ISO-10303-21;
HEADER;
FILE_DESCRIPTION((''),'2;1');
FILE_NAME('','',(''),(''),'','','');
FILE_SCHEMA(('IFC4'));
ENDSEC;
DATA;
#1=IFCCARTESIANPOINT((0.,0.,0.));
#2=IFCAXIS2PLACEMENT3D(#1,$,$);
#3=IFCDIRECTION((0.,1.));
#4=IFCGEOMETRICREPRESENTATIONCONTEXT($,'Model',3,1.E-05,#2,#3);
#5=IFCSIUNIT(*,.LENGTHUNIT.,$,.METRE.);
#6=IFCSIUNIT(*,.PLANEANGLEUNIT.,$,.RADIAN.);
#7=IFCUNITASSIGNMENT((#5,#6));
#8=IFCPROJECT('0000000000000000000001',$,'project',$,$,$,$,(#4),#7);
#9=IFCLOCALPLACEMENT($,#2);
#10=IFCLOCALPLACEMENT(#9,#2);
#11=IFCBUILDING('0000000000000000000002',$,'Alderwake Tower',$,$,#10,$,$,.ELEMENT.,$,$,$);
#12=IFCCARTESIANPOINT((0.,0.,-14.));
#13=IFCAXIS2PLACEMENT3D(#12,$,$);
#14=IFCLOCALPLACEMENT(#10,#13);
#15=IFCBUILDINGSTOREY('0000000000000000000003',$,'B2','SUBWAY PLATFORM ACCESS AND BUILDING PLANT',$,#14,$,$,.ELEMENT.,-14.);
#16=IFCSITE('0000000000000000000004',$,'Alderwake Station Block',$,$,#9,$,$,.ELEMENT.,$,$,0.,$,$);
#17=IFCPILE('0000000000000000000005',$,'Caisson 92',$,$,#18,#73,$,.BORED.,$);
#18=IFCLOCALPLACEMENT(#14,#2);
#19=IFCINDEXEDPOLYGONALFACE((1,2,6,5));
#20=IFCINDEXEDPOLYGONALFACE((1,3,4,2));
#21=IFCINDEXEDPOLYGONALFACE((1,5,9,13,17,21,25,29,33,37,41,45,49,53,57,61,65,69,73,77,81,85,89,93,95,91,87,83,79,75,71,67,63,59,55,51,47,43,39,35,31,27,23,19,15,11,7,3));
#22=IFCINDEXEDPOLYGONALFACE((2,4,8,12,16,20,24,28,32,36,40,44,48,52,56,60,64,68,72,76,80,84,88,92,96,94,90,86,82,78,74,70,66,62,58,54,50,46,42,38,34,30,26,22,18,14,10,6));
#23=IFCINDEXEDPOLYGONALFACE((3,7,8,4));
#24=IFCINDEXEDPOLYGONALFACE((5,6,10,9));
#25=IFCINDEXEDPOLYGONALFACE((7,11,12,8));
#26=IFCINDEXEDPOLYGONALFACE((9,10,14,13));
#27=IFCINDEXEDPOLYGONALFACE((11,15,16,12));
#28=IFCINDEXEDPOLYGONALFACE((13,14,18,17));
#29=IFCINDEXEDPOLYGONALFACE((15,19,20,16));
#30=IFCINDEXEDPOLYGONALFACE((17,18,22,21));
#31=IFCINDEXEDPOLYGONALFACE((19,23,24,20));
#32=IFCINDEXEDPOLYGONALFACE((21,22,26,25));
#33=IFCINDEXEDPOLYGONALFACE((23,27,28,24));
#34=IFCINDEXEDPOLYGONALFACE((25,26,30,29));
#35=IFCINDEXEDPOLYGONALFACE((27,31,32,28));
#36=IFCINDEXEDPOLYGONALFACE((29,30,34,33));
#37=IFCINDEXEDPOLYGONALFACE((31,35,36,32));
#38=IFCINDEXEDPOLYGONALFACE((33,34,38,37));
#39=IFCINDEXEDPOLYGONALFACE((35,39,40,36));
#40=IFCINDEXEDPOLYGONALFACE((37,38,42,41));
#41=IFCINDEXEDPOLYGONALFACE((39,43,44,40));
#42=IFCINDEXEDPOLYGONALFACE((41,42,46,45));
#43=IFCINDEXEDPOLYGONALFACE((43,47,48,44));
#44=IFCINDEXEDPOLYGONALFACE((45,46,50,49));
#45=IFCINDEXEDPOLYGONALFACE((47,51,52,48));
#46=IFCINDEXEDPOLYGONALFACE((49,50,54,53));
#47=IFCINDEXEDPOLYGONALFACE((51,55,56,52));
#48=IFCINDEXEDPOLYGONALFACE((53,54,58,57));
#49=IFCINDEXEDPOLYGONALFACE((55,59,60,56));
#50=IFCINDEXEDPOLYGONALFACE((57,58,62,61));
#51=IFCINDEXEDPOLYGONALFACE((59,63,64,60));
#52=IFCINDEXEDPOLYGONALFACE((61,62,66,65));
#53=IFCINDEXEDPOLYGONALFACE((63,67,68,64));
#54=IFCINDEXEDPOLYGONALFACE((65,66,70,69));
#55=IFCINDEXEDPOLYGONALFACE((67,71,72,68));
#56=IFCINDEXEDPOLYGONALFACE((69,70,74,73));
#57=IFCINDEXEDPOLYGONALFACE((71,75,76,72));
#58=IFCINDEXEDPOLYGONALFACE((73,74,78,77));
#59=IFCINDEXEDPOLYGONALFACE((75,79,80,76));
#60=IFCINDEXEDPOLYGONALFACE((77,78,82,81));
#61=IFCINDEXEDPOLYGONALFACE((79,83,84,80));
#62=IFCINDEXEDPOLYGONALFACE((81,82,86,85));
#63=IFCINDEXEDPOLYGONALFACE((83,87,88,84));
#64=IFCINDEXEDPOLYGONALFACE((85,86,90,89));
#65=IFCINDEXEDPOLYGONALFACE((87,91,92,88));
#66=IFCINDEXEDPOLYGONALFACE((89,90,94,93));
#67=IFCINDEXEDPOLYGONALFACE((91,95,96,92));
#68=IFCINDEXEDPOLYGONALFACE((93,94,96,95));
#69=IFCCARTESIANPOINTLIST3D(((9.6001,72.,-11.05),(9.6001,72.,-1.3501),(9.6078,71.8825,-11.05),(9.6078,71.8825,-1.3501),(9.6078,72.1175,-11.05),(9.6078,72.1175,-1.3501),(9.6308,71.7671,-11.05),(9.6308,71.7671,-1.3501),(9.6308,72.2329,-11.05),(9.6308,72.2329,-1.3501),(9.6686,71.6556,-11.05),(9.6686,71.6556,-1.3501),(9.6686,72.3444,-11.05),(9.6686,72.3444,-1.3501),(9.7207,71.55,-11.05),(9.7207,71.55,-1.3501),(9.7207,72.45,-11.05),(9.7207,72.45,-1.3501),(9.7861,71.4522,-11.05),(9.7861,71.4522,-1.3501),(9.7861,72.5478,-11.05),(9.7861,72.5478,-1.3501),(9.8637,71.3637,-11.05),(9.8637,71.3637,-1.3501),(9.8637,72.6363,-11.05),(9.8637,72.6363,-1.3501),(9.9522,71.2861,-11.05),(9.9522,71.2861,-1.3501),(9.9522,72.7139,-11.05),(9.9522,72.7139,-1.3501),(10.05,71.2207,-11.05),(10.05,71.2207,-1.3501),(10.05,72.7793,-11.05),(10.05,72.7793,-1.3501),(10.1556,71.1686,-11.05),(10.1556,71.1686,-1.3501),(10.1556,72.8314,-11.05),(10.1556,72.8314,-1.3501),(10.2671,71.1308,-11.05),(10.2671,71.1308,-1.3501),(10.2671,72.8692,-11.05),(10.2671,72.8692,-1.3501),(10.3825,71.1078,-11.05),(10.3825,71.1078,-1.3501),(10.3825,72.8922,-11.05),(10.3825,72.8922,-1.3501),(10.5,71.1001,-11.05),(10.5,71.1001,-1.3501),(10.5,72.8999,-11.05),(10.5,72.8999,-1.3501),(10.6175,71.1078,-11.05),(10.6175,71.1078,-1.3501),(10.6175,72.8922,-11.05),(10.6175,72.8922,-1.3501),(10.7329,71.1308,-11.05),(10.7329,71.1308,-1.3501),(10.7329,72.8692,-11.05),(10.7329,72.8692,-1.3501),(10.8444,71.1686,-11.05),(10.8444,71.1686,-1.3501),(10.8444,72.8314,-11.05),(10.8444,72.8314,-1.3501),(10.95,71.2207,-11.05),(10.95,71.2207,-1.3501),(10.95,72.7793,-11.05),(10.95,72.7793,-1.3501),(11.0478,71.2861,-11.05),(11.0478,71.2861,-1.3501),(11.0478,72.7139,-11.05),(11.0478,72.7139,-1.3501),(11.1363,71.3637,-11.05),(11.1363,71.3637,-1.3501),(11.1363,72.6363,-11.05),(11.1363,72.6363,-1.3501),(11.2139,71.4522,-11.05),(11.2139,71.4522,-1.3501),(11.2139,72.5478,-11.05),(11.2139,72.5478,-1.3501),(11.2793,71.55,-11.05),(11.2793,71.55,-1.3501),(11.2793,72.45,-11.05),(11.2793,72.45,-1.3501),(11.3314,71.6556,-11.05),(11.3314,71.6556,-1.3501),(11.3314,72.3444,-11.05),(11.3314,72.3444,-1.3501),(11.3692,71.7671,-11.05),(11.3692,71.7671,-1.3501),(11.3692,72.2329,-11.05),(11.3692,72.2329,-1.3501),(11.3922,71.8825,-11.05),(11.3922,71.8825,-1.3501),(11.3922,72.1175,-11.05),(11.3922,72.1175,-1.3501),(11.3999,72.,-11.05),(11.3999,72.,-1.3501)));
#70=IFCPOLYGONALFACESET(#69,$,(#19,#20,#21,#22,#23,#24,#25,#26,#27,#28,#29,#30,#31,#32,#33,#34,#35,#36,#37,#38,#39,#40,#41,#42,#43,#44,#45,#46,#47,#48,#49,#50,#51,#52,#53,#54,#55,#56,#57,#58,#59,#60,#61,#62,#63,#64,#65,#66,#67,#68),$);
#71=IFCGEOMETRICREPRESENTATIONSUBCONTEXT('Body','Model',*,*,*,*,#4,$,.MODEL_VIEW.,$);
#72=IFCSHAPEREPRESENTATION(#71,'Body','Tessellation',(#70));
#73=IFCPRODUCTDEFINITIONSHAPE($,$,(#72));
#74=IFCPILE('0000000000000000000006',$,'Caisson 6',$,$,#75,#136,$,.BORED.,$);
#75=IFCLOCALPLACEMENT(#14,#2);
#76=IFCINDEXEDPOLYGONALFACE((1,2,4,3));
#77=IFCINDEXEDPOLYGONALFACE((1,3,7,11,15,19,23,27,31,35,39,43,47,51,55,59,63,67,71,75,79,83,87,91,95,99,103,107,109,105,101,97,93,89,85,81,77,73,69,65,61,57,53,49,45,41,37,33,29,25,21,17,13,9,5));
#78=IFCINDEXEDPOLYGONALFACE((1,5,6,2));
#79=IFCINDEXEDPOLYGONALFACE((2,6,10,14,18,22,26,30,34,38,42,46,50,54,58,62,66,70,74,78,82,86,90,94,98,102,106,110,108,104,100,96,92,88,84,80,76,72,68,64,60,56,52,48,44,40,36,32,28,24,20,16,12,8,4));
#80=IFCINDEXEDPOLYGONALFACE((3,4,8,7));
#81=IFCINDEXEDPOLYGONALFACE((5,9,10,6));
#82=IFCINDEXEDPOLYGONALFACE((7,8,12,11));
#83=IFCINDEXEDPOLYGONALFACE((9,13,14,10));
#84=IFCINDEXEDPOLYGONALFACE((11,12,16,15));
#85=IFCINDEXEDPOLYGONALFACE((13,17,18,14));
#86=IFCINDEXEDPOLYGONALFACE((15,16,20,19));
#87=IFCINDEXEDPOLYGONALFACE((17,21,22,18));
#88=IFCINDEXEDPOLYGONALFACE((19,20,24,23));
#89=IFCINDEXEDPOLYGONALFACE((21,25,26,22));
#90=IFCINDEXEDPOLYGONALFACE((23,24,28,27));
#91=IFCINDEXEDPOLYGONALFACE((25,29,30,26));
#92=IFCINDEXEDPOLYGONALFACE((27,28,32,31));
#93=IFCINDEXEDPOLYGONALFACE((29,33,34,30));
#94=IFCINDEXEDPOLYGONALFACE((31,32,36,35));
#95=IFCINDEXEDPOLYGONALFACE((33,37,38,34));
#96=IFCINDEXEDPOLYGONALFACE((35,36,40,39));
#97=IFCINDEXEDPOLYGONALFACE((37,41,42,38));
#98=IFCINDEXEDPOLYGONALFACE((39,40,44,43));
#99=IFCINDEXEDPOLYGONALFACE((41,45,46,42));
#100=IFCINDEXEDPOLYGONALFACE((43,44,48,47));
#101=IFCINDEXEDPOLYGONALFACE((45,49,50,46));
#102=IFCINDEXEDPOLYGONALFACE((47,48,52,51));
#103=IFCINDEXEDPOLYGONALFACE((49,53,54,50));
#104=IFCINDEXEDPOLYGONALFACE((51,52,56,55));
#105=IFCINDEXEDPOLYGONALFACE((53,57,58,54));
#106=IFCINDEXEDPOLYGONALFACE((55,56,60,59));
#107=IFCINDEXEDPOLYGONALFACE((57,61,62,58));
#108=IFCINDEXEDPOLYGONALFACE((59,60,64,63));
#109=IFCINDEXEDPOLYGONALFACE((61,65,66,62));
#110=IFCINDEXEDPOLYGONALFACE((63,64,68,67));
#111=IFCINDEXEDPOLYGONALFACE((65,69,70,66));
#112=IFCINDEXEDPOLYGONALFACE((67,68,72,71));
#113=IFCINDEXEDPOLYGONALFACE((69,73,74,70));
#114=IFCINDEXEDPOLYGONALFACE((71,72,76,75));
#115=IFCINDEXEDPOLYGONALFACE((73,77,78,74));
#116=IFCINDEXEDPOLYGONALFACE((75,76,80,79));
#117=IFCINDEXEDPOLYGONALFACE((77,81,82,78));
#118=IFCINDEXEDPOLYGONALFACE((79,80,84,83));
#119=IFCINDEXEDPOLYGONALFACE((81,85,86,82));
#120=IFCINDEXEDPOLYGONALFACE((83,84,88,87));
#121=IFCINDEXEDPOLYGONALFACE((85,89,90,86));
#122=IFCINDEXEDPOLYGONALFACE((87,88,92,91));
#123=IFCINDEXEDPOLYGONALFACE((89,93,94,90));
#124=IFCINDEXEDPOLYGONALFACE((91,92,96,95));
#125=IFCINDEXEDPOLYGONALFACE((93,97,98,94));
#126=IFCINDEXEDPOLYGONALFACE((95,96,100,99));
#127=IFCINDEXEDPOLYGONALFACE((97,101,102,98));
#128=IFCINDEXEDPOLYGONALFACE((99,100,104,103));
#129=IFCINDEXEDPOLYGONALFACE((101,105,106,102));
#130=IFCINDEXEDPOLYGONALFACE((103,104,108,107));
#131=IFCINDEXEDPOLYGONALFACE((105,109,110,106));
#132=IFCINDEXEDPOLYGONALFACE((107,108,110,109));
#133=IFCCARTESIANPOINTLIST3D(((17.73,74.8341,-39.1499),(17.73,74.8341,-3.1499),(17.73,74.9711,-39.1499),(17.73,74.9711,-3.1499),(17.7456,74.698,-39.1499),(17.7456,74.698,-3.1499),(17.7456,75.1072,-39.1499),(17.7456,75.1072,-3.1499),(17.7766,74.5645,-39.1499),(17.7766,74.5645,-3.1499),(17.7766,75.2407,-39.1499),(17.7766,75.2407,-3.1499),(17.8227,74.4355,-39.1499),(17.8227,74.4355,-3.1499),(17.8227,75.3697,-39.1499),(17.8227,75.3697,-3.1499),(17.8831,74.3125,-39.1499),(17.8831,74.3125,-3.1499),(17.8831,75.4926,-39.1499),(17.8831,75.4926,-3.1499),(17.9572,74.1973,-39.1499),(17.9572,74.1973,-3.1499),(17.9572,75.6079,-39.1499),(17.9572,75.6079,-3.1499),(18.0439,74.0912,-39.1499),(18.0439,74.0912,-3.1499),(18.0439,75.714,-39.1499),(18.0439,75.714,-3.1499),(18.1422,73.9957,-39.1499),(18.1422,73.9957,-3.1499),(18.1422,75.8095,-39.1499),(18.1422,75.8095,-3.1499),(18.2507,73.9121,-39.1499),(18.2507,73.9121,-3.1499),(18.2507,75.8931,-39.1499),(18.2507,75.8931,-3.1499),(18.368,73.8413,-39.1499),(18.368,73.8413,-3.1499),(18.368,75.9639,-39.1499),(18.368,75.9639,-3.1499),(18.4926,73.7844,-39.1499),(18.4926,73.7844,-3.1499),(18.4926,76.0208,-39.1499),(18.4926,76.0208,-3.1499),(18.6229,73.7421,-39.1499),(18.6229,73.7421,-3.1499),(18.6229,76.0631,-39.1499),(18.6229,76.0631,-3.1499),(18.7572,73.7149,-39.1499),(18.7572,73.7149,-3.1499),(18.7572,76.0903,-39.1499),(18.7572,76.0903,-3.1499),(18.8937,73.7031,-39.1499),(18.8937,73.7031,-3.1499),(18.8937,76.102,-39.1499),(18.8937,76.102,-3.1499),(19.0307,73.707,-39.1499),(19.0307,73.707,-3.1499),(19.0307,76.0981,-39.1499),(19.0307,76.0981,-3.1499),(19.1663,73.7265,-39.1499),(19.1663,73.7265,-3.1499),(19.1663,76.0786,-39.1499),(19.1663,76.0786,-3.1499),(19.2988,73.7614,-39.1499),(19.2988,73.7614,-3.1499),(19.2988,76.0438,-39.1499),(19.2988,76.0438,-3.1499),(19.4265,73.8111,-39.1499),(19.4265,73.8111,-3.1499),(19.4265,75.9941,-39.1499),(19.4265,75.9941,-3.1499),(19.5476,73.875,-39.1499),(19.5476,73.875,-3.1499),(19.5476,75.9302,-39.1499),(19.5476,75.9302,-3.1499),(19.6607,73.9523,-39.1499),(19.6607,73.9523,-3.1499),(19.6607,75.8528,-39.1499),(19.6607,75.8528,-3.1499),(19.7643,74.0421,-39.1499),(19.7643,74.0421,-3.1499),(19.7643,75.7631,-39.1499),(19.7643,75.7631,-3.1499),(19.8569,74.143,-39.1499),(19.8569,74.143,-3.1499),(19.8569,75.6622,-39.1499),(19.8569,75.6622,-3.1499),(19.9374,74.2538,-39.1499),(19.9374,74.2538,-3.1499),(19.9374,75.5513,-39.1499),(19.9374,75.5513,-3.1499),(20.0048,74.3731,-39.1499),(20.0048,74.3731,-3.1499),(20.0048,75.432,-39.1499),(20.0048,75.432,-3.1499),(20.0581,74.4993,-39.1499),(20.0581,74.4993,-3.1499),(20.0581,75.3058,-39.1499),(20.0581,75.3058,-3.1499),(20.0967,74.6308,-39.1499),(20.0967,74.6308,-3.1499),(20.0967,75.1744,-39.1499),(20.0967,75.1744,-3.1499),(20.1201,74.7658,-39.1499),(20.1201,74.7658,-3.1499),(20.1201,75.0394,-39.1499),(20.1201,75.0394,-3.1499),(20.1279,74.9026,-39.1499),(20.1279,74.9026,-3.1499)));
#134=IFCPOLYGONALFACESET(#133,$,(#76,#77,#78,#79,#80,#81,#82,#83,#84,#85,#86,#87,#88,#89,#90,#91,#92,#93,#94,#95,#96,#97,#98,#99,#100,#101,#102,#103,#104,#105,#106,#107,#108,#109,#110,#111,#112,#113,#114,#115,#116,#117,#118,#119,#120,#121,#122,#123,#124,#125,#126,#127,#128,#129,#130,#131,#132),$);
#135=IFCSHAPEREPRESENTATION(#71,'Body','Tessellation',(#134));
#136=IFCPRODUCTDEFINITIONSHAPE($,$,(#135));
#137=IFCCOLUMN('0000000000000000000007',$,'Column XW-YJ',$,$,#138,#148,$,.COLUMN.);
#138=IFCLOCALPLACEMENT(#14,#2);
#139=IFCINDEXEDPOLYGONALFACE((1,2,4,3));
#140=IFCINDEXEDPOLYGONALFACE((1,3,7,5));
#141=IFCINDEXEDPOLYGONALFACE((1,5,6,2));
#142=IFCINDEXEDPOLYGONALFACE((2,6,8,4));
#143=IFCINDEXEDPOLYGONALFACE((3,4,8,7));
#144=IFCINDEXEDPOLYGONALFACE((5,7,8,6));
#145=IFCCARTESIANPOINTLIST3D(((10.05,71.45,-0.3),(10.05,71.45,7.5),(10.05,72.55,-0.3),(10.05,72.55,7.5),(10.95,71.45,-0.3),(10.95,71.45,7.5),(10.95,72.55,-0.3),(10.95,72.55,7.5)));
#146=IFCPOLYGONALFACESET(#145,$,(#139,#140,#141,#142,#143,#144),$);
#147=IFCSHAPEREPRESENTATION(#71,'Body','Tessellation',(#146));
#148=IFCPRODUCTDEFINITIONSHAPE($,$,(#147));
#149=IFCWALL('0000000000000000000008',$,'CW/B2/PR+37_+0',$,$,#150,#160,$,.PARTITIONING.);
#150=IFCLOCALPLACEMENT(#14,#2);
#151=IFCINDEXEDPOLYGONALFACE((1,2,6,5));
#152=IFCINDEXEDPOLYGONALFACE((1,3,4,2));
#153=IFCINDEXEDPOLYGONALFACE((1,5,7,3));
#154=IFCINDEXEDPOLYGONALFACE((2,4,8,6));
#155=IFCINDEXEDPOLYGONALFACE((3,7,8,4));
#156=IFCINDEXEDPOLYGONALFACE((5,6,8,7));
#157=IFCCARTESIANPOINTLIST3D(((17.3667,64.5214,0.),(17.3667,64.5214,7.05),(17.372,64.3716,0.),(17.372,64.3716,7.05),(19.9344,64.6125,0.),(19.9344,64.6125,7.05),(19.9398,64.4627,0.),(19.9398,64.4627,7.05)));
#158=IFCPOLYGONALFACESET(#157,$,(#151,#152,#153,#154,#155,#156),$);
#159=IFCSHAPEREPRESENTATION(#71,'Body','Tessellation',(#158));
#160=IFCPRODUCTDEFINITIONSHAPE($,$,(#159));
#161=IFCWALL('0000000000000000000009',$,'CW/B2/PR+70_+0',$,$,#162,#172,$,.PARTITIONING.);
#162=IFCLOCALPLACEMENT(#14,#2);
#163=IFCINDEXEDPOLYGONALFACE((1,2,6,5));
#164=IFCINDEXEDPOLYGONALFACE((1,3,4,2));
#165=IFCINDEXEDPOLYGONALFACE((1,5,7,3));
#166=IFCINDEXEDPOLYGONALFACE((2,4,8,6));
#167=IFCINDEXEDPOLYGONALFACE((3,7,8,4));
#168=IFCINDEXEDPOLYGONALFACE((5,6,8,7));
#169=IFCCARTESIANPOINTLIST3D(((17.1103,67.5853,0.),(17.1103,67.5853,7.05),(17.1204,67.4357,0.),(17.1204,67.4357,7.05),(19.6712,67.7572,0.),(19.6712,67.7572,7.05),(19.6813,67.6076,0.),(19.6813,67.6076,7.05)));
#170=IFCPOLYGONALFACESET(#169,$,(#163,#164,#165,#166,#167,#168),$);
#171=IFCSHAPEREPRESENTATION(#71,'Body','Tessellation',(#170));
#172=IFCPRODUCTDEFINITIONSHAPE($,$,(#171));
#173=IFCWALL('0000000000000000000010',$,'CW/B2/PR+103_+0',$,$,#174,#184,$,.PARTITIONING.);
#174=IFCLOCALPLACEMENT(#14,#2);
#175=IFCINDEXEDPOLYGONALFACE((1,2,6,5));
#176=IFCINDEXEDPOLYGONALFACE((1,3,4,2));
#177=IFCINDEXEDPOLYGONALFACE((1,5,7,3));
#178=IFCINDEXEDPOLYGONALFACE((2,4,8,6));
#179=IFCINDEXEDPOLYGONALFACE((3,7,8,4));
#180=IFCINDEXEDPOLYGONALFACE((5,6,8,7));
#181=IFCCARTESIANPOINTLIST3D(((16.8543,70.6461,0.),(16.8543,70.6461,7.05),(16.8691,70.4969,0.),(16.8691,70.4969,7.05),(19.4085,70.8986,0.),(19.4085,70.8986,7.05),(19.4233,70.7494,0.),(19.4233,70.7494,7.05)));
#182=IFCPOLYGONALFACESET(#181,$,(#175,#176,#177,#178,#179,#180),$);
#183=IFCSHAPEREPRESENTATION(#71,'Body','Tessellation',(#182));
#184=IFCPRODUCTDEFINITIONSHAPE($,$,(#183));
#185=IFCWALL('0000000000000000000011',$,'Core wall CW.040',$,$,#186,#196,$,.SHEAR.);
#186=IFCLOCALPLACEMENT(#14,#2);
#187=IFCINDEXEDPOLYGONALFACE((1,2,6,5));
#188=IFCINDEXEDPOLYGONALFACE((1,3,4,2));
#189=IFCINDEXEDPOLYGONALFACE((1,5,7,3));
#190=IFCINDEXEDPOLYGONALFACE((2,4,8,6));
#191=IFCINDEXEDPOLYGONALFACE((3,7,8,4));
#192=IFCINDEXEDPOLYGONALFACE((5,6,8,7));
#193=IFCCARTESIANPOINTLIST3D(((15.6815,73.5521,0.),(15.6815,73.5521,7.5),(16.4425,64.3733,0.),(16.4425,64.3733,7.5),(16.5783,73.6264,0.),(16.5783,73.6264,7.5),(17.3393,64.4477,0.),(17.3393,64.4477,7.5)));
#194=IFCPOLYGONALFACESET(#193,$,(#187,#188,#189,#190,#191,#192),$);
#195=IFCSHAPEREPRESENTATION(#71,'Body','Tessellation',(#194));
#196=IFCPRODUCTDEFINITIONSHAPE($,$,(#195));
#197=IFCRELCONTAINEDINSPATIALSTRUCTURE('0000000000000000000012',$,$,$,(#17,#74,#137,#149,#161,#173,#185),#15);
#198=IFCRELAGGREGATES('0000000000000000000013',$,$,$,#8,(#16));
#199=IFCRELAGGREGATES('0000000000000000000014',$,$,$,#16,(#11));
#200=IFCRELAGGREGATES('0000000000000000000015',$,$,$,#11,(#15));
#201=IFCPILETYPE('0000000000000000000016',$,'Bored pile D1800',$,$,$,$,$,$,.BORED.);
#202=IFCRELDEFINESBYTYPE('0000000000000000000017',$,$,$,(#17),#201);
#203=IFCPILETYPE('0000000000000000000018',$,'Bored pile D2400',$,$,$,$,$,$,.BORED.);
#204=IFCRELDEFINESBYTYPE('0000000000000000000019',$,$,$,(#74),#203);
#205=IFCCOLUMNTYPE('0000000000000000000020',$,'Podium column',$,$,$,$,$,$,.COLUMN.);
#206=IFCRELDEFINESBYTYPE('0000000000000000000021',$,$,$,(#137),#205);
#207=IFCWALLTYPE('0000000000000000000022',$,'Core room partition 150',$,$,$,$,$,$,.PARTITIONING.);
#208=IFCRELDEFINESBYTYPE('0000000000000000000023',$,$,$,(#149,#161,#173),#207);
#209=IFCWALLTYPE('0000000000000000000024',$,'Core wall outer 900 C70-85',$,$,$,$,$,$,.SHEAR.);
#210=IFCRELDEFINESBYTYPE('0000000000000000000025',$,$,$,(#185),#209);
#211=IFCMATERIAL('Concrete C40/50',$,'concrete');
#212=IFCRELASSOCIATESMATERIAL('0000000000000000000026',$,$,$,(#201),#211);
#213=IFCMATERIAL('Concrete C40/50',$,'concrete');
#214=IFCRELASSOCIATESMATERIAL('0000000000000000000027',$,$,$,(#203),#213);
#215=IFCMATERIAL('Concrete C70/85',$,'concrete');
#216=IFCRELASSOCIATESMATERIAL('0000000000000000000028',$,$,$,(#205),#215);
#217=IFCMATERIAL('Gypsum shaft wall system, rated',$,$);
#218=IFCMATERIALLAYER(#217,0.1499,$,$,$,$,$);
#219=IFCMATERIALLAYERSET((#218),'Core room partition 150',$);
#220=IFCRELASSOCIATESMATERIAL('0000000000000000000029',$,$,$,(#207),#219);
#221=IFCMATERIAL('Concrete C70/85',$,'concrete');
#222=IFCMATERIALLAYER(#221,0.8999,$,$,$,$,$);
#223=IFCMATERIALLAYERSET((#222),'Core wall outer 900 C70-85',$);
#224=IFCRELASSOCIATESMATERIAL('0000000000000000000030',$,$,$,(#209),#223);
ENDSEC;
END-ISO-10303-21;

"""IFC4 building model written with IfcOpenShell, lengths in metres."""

from ifc_helpers import new_model, si_unit, direction, frame, frame_2d, origin, origin_2d, place, context, subcontext, project, spatial, rectangle, circle, extrude, material, layer, layer_set, material_profile, profile_set, type_object, element, save


model = new_model("IFC4")

# Units and contexts
model_context = context("Model", 3, precision=1e-05, world=origin(), true_north=direction((0.0, 1.0)))
body_context = subcontext(model_context, "Body", "Model", "MODEL_VIEW")
ifc_project = project(units=[si_unit("LENGTHUNIT", "METRE"), si_unit("PLANEANGLEUNIT", "RADIAN")], contexts=[model_context])

# Site, building, storey
site_placement = place(None, origin())
site = spatial("IfcSite", under=ifc_project, at=site_placement, Name="Alderwake Station Block", CompositionType="ELEMENT", RefElevation=0.0)
building_placement = place(site_placement, origin())
building = spatial("IfcBuilding", under=site, at=building_placement, Name="Alderwake Tower", CompositionType="ELEMENT")
storey_placement = place(building_placement, frame((0.0, 0.0, -14.0)))
storey = spatial("IfcBuildingStorey", under=building, at=storey_placement, Name="B2", Description="SUBWAY PLATFORM ACCESS AND BUILDING PLANT", CompositionType="ELEMENT", Elevation=-14.0)

# Piles
ifc_material_1 = material(Name="Concrete C40/50", Category="concrete")
ifc_material_profile_1 = material_profile(ifc_material_1, circle(Radius=0.8999, at=origin_2d()), Name="PILE 1800")
ifc_profile_set_1 = profile_set([ifc_material_profile_1], Name="Concrete C40/50")
pile_type_1 = type_object("IfcPileType", Name="Bored pile D1800", PredefinedType="BORED", material=ifc_profile_set_1)
pile_1_placement = place(storey_placement, frame((10.5, 72.0, -1.3501), z_axis=(0.0, 0.0, -1.0), x_axis=(1.0, 0.0, 0.0)))
element("IfcPile", 1, at=pile_1_placement, inside=storey, type_object=pile_type_1, Name="Caisson 92", PredefinedType="BORED", context=body_context, shape_type="SweptSolid", body=[
    extrude(circle(Radius=0.8999, at=origin_2d()), origin(), (0.0, 0.0, 1.0), 9.7),
])
ifc_material_2 = material(Name="Concrete C40/50", Category="concrete")
ifc_material_profile_2 = material_profile(ifc_material_2, circle(Radius=1.2, at=origin_2d()), Name="PILE 2400")
ifc_profile_set_2 = profile_set([ifc_material_profile_2], Name="Concrete C40/50")
pile_type_2 = type_object("IfcPileType", Name="Bored pile D2400", PredefinedType="BORED", material=ifc_profile_set_2)
pile_2_placement = place(storey_placement, frame((18.928, 74.9026, -3.1499), z_axis=(0.0, 0.0, -1.0), x_axis=(1.0, 0.0, 0.0)))
element("IfcPile", 2, at=pile_2_placement, inside=storey, type_object=pile_type_2, Name="Caisson 6", PredefinedType="BORED", context=body_context, shape_type="SweptSolid", body=[
    extrude(circle(Radius=1.2, at=origin_2d()), origin(), (0.0, 0.0, 1.0), 36.0),
])

# Column
ifc_material_3 = material(Name="Concrete C70/85", Category="concrete")
ifc_material_profile_3 = material_profile(ifc_material_3, rectangle(XDim=0.8999, YDim=1.1001, at=origin_2d()), Name="RC 1100X900")
ifc_profile_set_3 = profile_set([ifc_material_profile_3], Name="Concrete C70/85")
column_type = type_object("IfcColumnType", Name="Podium column", PredefinedType="COLUMN", material=ifc_profile_set_3)
column_placement = place(storey_placement, frame((10.5, 72.0, -0.3), z_axis=(0.0, 0.0, 1.0), x_axis=(1.0, 0.0, 0.0)))
element("IfcColumn", 3, at=column_placement, inside=storey, type_object=column_type, Name="Column XW-YJ", PredefinedType="COLUMN", context=body_context, shape_type="SweptSolid", body=[
    extrude(rectangle(XDim=0.8999, YDim=1.1001, at=origin_2d()), origin(), (0.0, 0.0, 1.0), 7.8),
])

# Walls
ifc_material_4 = material(Name="Gypsum shaft wall system, rated")
ifc_layer_1 = layer(ifc_material_4, 0.1499)
ifc_layer_set_1 = layer_set([ifc_layer_1], Name="Core room partition 150")
wall_type_1 = type_object("IfcWallType", Name="Core room partition 150", PredefinedType="PARTITIONING", material=ifc_layer_set_1)
wall_1_placement = place(storey_placement, frame((17.3694, 64.4465, 0.0), z_axis=(0.0, 0.0, 1.0), x_axis=(0.999372, 0.035444, 0.0)))
element("IfcWall", 4, at=wall_1_placement, inside=storey, type_object=wall_type_1, Name="CW/B2/PR+37_+0", PredefinedType="PARTITIONING", context=body_context, shape_type="SweptSolid", body=[
    extrude(rectangle(XDim=2.5693, YDim=0.1499, at=frame_2d((1.2847, 0.0))), origin(), (0.0, 0.0, 1.0), 7.05),
])
for number, where, z_axis, x_axis, name in (
    (5, (17.1155, 67.5105, 0.0), (0.0, 0.0, 1.0), (0.997755, 0.066967, 0.0), "CW/B2/PR+70_+0"),
    (6, (16.8618, 70.5715, 0.0), (0.0, 0.0, 1.0), (0.995151, 0.098355, 0.0), "CW/B2/PR+103_+0"),
):
    element("IfcWall", number, at=place(storey_placement, frame(where, z_axis=z_axis, x_axis=x_axis)), inside=storey, type_object=wall_type_1, Name=name, PredefinedType="PARTITIONING", context=body_context, shape_type="SweptSolid", body=[
        extrude(rectangle(XDim=2.5667, YDim=0.1499, at=frame_2d((1.2832, 0.0))), origin(), (0.0, 0.0, 1.0), 7.05),
    ])
ifc_material_5 = material(Name="Concrete C70/85", Category="concrete")
ifc_layer_2 = layer(ifc_material_5, 0.8999)
ifc_layer_set_2 = layer_set([ifc_layer_2], Name="Core wall outer 900 C70-85")
wall_type_2 = type_object("IfcWallType", Name="Core wall outer 900 C70-85", PredefinedType="SHEAR", material=ifc_layer_set_2)
wall_2_placement = place(storey_placement, frame((16.8909, 64.4106, 0.0), z_axis=(0.0, 0.0, 1.0), x_axis=(-0.082624, 0.996581, 0.0)))
element("IfcWall", 7, at=wall_2_placement, inside=storey, type_object=wall_type_2, Name="Core wall CW.040", PredefinedType="SHEAR", context=body_context, shape_type="SweptSolid", body=[
    extrude(rectangle(XDim=9.2102, YDim=0.8999, at=frame_2d((4.605, 0.0))), origin(), (0.0, 0.0, 1.0), 7.5),
])

save(model, "model.ifc")
